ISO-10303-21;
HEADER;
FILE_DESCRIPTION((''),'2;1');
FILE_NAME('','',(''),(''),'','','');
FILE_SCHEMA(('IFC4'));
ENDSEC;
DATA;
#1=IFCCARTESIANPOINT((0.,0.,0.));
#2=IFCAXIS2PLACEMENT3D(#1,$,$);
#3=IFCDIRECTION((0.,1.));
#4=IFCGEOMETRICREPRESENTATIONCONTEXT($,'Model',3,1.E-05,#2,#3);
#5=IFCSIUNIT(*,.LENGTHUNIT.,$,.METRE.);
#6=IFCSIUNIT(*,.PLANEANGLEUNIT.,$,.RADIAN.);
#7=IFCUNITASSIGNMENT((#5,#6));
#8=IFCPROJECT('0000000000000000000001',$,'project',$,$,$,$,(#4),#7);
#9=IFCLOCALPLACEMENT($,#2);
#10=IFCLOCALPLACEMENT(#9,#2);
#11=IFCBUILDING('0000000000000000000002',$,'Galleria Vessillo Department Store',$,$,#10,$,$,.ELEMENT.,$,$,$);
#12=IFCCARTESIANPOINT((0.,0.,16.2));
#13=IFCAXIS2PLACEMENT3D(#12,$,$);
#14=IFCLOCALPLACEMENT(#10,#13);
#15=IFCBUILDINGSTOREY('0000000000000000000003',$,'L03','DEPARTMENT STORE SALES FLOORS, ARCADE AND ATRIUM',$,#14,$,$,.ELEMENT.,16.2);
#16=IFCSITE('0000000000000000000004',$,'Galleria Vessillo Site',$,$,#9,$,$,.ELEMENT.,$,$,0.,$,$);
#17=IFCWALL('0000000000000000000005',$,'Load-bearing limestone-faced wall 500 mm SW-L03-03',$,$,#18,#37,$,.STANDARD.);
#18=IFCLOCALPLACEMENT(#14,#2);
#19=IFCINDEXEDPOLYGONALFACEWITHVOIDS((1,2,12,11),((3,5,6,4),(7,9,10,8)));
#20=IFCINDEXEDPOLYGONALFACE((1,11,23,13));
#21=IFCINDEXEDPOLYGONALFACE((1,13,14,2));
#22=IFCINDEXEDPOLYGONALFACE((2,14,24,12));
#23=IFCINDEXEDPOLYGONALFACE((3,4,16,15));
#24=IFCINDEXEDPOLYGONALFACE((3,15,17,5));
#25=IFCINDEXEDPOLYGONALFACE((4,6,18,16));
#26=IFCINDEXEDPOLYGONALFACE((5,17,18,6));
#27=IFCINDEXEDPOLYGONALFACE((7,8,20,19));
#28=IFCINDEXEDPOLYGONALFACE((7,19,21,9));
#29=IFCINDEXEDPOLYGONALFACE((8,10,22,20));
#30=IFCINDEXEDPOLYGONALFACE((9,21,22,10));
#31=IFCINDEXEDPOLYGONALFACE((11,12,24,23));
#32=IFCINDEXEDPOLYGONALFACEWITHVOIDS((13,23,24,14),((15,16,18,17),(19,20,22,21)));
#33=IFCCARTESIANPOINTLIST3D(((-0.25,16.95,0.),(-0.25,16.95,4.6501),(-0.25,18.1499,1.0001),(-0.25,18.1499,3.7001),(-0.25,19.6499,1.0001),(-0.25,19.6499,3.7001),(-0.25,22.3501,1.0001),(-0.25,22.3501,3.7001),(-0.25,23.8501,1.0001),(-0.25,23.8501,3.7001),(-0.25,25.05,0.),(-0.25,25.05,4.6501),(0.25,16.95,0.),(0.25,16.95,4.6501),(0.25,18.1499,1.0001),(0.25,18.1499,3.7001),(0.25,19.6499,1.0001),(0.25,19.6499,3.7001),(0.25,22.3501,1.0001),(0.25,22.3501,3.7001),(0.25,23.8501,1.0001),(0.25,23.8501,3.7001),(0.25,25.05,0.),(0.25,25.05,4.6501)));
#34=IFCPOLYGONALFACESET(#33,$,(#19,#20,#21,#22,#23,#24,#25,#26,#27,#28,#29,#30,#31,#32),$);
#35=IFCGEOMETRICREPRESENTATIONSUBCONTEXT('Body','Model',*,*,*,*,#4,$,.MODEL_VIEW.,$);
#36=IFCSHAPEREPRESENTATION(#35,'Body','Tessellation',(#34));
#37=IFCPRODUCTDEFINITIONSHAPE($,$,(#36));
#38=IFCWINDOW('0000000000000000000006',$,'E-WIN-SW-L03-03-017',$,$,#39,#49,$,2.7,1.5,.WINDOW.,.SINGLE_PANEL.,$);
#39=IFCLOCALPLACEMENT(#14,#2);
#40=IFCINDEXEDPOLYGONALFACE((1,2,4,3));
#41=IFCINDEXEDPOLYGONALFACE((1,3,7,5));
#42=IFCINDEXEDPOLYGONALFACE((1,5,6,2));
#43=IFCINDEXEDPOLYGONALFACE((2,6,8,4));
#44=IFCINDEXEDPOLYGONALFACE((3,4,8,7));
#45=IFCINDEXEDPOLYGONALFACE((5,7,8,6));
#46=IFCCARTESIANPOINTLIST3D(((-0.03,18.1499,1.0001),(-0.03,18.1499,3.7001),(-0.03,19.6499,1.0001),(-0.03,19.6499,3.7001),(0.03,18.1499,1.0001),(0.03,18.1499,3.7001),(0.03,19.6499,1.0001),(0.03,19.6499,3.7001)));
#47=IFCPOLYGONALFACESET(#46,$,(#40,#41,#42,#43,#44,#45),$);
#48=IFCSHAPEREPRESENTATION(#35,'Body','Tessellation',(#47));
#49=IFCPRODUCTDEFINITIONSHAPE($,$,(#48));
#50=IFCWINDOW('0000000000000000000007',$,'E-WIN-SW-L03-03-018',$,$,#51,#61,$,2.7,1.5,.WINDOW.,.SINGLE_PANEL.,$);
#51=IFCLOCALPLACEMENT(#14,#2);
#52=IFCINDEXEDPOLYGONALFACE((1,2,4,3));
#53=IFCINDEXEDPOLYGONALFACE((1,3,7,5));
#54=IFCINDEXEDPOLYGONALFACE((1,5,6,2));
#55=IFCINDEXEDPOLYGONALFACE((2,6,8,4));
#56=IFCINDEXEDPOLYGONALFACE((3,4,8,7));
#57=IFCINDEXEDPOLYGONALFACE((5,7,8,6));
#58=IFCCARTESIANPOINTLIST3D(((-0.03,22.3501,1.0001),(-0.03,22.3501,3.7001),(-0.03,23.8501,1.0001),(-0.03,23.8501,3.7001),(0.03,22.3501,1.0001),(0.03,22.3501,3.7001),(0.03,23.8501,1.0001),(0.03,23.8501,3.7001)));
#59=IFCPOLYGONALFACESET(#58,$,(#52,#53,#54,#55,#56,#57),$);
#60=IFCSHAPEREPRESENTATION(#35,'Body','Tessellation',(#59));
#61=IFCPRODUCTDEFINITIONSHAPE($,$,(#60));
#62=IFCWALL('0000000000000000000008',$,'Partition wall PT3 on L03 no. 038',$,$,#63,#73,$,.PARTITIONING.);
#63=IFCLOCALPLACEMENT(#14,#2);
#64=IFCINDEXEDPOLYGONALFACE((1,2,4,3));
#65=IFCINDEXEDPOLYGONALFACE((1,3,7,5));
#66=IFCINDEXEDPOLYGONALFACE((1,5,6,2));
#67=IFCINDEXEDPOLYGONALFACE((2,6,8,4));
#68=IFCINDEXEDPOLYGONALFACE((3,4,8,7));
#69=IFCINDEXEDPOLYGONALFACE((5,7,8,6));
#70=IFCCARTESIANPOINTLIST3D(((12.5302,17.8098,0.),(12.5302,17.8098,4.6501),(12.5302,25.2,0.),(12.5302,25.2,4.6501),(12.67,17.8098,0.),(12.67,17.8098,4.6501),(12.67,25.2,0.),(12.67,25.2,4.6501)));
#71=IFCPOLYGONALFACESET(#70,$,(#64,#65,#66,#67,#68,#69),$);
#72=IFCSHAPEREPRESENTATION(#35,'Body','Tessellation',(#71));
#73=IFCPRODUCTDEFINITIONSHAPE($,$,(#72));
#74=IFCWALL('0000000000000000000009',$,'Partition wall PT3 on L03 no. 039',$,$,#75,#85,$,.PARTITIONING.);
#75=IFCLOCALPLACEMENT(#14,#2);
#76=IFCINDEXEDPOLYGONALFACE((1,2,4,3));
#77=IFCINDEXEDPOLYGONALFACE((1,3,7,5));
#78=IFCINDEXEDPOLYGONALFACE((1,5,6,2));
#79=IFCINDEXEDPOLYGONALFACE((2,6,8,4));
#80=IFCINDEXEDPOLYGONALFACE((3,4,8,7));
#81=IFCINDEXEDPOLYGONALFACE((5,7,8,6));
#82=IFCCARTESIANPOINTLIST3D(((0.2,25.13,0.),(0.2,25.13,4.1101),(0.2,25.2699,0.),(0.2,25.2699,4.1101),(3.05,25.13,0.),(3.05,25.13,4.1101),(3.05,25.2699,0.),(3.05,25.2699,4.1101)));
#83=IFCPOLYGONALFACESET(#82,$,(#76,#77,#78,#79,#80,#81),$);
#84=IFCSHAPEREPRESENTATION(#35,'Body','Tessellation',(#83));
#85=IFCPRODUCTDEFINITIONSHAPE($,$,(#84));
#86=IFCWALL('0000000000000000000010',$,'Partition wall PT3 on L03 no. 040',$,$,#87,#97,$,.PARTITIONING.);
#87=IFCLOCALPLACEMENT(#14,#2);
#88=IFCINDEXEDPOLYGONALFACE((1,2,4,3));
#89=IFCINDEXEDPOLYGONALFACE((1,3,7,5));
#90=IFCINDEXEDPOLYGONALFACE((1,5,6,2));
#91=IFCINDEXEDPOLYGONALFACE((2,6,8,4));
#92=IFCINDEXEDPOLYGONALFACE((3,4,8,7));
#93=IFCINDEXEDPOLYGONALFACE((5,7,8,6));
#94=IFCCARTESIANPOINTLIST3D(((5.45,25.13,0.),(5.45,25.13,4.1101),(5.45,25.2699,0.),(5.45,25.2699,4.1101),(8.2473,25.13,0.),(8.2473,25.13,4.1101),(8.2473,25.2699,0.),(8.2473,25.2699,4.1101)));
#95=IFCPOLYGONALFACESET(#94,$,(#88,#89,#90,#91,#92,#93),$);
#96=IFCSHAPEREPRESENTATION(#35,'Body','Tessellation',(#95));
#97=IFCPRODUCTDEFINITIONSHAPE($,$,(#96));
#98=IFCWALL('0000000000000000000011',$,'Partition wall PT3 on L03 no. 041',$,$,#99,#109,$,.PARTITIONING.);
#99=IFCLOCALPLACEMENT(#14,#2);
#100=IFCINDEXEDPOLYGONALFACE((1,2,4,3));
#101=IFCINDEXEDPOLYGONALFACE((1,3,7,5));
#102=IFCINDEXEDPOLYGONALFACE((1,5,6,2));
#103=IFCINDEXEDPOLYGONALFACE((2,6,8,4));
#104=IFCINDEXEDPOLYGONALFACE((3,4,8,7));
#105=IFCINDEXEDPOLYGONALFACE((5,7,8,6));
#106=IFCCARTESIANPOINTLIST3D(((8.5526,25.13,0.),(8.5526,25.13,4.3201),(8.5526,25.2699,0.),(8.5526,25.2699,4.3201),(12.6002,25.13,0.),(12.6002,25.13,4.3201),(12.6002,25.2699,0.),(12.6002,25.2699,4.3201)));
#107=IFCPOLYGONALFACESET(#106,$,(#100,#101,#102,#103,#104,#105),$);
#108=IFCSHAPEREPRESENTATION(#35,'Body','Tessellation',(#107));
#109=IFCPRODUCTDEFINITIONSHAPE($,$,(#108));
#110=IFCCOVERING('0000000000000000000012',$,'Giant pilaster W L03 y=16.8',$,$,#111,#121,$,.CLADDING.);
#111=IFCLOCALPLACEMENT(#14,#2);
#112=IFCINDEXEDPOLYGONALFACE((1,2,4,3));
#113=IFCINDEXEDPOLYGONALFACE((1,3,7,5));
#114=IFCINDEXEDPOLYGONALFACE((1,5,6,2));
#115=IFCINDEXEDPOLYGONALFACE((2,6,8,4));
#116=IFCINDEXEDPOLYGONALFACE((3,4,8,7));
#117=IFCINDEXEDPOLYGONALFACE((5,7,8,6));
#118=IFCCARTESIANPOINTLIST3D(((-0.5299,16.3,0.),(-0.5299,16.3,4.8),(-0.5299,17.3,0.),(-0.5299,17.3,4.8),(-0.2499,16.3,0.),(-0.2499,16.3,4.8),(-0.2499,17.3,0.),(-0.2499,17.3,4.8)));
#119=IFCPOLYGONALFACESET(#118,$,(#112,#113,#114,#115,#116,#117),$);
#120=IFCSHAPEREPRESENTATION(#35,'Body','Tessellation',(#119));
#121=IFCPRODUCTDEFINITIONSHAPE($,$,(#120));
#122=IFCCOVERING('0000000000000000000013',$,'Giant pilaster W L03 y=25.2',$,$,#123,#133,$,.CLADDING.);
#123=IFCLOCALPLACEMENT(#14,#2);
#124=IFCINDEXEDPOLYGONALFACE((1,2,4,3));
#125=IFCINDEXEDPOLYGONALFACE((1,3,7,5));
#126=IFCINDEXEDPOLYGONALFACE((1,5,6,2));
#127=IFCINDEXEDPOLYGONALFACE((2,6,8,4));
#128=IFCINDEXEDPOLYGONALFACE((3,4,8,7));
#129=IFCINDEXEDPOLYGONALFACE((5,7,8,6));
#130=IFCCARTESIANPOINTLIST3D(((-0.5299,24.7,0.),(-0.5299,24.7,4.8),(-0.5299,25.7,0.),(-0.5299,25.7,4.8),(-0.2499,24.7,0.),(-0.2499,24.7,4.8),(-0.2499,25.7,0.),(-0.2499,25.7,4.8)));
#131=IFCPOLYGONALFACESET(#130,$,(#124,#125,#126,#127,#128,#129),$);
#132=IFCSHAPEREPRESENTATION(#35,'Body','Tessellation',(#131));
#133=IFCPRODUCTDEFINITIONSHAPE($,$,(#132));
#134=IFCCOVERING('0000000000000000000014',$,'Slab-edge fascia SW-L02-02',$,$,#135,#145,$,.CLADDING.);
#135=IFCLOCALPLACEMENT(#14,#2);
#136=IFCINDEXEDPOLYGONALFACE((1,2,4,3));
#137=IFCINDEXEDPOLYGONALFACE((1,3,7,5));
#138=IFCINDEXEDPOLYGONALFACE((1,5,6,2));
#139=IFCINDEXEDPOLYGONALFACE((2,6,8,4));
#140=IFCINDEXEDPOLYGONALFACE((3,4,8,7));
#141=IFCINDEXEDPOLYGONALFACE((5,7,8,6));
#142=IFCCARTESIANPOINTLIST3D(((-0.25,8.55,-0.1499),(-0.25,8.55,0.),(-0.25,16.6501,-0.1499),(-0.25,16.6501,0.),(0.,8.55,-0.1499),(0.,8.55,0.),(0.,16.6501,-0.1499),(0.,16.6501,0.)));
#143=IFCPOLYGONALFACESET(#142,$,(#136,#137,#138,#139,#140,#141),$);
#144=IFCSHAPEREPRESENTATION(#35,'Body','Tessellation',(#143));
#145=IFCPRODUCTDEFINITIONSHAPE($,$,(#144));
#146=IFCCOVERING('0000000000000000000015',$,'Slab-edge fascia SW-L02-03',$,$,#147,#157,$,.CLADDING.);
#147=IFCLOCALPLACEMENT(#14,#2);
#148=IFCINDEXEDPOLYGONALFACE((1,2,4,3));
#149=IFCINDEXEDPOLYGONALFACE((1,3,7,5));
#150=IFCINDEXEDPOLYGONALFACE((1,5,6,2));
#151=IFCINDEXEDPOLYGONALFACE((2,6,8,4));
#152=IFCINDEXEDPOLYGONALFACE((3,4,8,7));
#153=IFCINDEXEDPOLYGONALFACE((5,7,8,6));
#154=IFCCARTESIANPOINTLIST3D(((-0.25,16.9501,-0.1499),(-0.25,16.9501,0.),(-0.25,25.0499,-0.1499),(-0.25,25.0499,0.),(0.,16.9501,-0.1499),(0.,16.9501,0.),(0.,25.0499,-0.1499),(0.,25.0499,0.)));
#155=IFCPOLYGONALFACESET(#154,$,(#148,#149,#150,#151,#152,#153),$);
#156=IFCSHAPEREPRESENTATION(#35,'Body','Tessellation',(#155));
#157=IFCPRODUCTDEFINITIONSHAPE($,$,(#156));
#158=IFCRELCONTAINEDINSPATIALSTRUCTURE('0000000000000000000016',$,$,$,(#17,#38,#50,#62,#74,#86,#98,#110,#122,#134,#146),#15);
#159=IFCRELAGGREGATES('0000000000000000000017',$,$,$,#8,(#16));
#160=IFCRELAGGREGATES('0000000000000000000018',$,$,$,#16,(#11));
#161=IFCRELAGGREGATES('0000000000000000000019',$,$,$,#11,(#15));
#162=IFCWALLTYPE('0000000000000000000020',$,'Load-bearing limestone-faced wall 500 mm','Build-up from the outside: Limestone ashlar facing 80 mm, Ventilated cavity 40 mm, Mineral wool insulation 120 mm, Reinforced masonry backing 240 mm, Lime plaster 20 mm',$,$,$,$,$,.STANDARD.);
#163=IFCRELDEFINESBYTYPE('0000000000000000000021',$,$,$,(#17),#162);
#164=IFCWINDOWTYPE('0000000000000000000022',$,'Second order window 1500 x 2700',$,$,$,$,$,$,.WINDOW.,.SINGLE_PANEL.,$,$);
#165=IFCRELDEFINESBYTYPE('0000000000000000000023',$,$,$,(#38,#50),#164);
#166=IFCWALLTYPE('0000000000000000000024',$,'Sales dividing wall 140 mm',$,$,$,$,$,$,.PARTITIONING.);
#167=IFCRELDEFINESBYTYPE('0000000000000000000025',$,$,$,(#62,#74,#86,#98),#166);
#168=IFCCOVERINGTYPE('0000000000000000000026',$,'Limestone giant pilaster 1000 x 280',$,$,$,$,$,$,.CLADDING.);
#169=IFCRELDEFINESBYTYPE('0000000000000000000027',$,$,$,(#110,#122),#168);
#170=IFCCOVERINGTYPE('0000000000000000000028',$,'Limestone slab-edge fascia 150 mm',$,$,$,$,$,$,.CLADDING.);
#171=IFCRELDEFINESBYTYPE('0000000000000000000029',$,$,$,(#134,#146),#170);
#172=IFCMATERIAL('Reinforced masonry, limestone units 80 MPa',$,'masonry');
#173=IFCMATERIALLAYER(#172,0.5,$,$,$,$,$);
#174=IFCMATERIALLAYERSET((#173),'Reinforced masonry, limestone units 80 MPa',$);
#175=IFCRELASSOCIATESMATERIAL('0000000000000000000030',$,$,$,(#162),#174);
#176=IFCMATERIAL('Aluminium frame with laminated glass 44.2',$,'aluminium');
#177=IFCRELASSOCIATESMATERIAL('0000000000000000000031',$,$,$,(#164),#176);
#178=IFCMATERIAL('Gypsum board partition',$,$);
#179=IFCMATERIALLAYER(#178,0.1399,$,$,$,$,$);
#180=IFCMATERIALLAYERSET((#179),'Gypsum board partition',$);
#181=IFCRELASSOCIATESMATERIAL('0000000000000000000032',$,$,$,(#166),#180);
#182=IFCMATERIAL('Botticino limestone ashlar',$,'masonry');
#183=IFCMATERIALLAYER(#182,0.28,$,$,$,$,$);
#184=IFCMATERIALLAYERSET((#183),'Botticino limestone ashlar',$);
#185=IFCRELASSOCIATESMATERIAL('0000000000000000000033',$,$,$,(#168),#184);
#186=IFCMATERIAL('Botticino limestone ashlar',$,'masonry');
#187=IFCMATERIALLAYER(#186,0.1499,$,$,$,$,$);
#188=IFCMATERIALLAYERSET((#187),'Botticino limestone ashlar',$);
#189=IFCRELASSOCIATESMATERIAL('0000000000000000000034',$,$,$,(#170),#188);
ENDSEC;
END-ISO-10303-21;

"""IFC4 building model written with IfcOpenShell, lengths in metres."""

from ifc_helpers import new_model, si_unit, direction, frame, frame_2d, origin, origin_2d, place, context, subcontext, project, spatial, rectangle, extrude, material, layer, layer_set, type_object, element, fill, save


model = new_model("IFC4")

# Units and contexts
model_context = context("Model", 3, precision=1e-05, world=origin(), true_north=direction((0.0, 1.0)))
body_context = subcontext(model_context, "Body", "Model", "MODEL_VIEW")
ifc_project = project(units=[si_unit("LENGTHUNIT", "METRE"), si_unit("PLANEANGLEUNIT", "RADIAN")], contexts=[model_context])

# Site, building, storey
site_placement = place(None, origin())
site = spatial("IfcSite", under=ifc_project, at=site_placement, Name="Galleria Vessillo Site", CompositionType="ELEMENT", RefElevation=0.0)
building_placement = place(site_placement, origin())
building = spatial("IfcBuilding", under=site, at=building_placement, Name="Galleria Vessillo Department Store", CompositionType="ELEMENT")
storey_placement = place(building_placement, frame((0.0, 0.0, 16.2)))
storey = spatial("IfcBuildingStorey", under=building, at=storey_placement, Name="L03", Description="DEPARTMENT STORE SALES FLOORS, ARCADE AND ATRIUM", CompositionType="ELEMENT", Elevation=16.2)

# Wall, openings, windows
ifc_material_1 = material(Name="Reinforced masonry, limestone units 80 MPa", Category="masonry")
ifc_layer_1 = layer(ifc_material_1, 0.5)
ifc_layer_set_1 = layer_set([ifc_layer_1], Name="Reinforced masonry, limestone units 80 MPa")
wall_type_1 = type_object("IfcWallType", Name="Load-bearing limestone-faced wall 500 mm", Description="Build-up from the outside: Limestone ashlar facing 80 mm, Ventilated cavity 40 mm, Mineral wool insulation 120 mm, Reinforced masonry backing 240 mm, Lime plaster 20 mm", PredefinedType="STANDARD", material=ifc_layer_set_1)
wall_1_placement = place(storey_placement, frame((0.0, 16.95, 0.0), z_axis=(0.0, 0.0, 1.0), x_axis=(0.0, 1.0, 0.0)))
wall_1 = element("IfcWall", 1, at=wall_1_placement, inside=storey, type_object=wall_type_1, Name="Load-bearing limestone-faced wall 500 mm SW-L03-03", PredefinedType="STANDARD", context=body_context, shape_type="SweptSolid", body=[
    extrude(rectangle(XDim=8.1001, YDim=0.5, at=frame_2d((4.05, 0.0))), origin(), (0.0, 0.0, 1.0), 4.6501),
])
opening_1_placement = place(wall_1_placement, frame((1.2, 0.0, 1.0)))
opening_1 = element("IfcOpeningElement", 2, at=opening_1_placement, cuts=wall_1, PredefinedType="OPENING", context=body_context, shape_type="SweptSolid", body=[
    extrude(rectangle(XDim=1.5, YDim=2.7, at=frame_2d((0.75, 1.3501))), frame((0.0, 0.26, 0.0), z_axis=(0.0, -1.0, 0.0), x_axis=(1.0, 0.0, 0.0)), (0.0, 0.0, 1.0), 0.52),
])
opening_2_placement = place(wall_1_placement, frame((5.4001, 0.0, 1.0)))
opening_2 = element("IfcOpeningElement", 3, at=opening_2_placement, cuts=wall_1, PredefinedType="OPENING", context=body_context, shape_type="SweptSolid", body=[
    extrude(rectangle(XDim=1.5, YDim=2.7, at=frame_2d((0.75, 1.3501))), frame((0.0, 0.26, 0.0), z_axis=(0.0, -1.0, 0.0), x_axis=(1.0, 0.0, 0.0)), (0.0, 0.0, 1.0), 0.52),
])
ifc_material_2 = material(Name="Aluminium frame with laminated glass 44.2", Category="aluminium")
window_type = type_object("IfcWindowType", Name="Second order window 1500 x 2700", PartitioningType="SINGLE_PANEL", PredefinedType="WINDOW", material=ifc_material_2)
window_1_placement = place(opening_1_placement, origin())
window_1 = element("IfcWindow", 4, at=window_1_placement, inside=storey, type_object=window_type, Name="E-WIN-SW-L03-03-017", OverallHeight=2.7, OverallWidth=1.5, PartitioningType="SINGLE_PANEL", PredefinedType="WINDOW", context=body_context, shape_type="SweptSolid", body=[
    extrude(rectangle(XDim=1.5, YDim=2.7, at=frame_2d((0.75, 1.3501))), frame((0.0, 0.03, 0.0), z_axis=(0.0, -1.0, 0.0), x_axis=(1.0, 0.0, 0.0)), (0.0, 0.0, 1.0), 0.0601),
])
fill(opening_1, window_1)
window_2_placement = place(opening_2_placement, origin())
window_2 = element("IfcWindow", 5, at=window_2_placement, inside=storey, type_object=window_type, Name="E-WIN-SW-L03-03-018", OverallHeight=2.7, OverallWidth=1.5, PartitioningType="SINGLE_PANEL", PredefinedType="WINDOW", context=body_context, shape_type="SweptSolid", body=[
    extrude(rectangle(XDim=1.5, YDim=2.7, at=frame_2d((0.75, 1.3501))), frame((0.0, 0.03, 0.0), z_axis=(0.0, -1.0, 0.0), x_axis=(1.0, 0.0, 0.0)), (0.0, 0.0, 1.0), 0.0601),
])
fill(opening_2, window_2)

# Walls
ifc_material_3 = material(Name="Gypsum board partition")
ifc_layer_2 = layer(ifc_material_3, 0.1399)
ifc_layer_set_2 = layer_set([ifc_layer_2], Name="Gypsum board partition")
wall_type_2 = type_object("IfcWallType", Name="Sales dividing wall 140 mm", PredefinedType="PARTITIONING", material=ifc_layer_set_2)
wall_2_placement = place(storey_placement, frame((12.6001, 17.8098, 0.0), z_axis=(0.0, 0.0, 1.0), x_axis=(0.0, 1.0, 0.0)))
element("IfcWall", 6, at=wall_2_placement, inside=storey, type_object=wall_type_2, Name="Partition wall PT3 on L03 no. 038", PredefinedType="PARTITIONING", context=body_context, shape_type="SweptSolid", body=[
    extrude(rectangle(XDim=7.3901, YDim=0.1399, at=frame_2d((3.6951, 0.0))), origin(), (0.0, 0.0, 1.0), 4.6501),
])
wall_3_placement = place(storey_placement, frame((0.2, 25.2, 0.0), z_axis=(0.0, 0.0, 1.0), x_axis=(1.0, 0.0, 0.0)))
element("IfcWall", 7, at=wall_3_placement, inside=storey, type_object=wall_type_2, Name="Partition wall PT3 on L03 no. 039", PredefinedType="PARTITIONING", context=body_context, shape_type="SweptSolid", body=[
    extrude(rectangle(XDim=2.8501, YDim=0.1399, at=frame_2d((1.425, 0.0))), origin(), (0.0, 0.0, 1.0), 4.1101),
])
wall_4_placement = place(storey_placement, frame((5.45, 25.2, 0.0), z_axis=(0.0, 0.0, 1.0), x_axis=(1.0, 0.0, 0.0)))
element("IfcWall", 8, at=wall_4_placement, inside=storey, type_object=wall_type_2, Name="Partition wall PT3 on L03 no. 040", PredefinedType="PARTITIONING", context=body_context, shape_type="SweptSolid", body=[
    extrude(rectangle(XDim=2.7974, YDim=0.1399, at=frame_2d((1.3987, 0.0))), origin(), (0.0, 0.0, 1.0), 4.1101),
])
wall_5_placement = place(storey_placement, frame((8.5525, 25.2, 0.0), z_axis=(0.0, 0.0, 1.0), x_axis=(1.0, 0.0, 0.0)))
element("IfcWall", 9, at=wall_5_placement, inside=storey, type_object=wall_type_2, Name="Partition wall PT3 on L03 no. 041", PredefinedType="PARTITIONING", context=body_context, shape_type="SweptSolid", body=[
    extrude(rectangle(XDim=4.0476, YDim=0.1399, at=frame_2d((2.0239, 0.0))), origin(), (0.0, 0.0, 1.0), 4.3201),
])

# Coverings
ifc_material_4 = material(Name="Botticino limestone ashlar", Category="masonry")
ifc_layer_3 = layer(ifc_material_4, 0.28)
ifc_layer_set_3 = layer_set([ifc_layer_3], Name="Botticino limestone ashlar")
covering_type_1 = type_object("IfcCoveringType", Name="Limestone giant pilaster 1000 x 280", PredefinedType="CLADDING", material=ifc_layer_set_3)
for number, where, z_axis, x_axis, name in (
    (10, (-0.3899, 16.8, 0.0), (0.0, 0.0, 1.0), (1.0, 0.0, 0.0), "Giant pilaster W L03 y=16.8"),
    (11, (-0.3899, 25.2, 0.0), (0.0, 0.0, 1.0), (1.0, 0.0, 0.0), "Giant pilaster W L03 y=25.2"),
):
    element("IfcCovering", number, at=place(storey_placement, frame(where, z_axis=z_axis, x_axis=x_axis)), inside=storey, type_object=covering_type_1, Name=name, PredefinedType="CLADDING", context=body_context, shape_type="SweptSolid", body=[
        extrude(rectangle(XDim=0.28, YDim=1.0, at=origin_2d()), origin(), (0.0, 0.0, 1.0), 4.8),
    ])
ifc_material_5 = material(Name="Botticino limestone ashlar", Category="masonry")
ifc_layer_4 = layer(ifc_material_5, 0.1499)
ifc_layer_set_4 = layer_set([ifc_layer_4], Name="Botticino limestone ashlar")
covering_type_2 = type_object("IfcCoveringType", Name="Limestone slab-edge fascia 150 mm", PredefinedType="CLADDING", material=ifc_layer_set_4)
covering_1_placement = place(storey_placement, frame((-0.125, 12.6001, -0.1499), z_axis=(0.0, 0.0, 1.0), x_axis=(1.0, 0.0, 0.0)))
element("IfcCovering", 12, at=covering_1_placement, inside=storey, type_object=covering_type_2, Name="Slab-edge fascia SW-L02-02", PredefinedType="CLADDING", context=body_context, shape_type="SweptSolid", body=[
    extrude(rectangle(XDim=0.25, YDim=8.1001, at=origin_2d()), origin(), (0.0, 0.0, 1.0), 0.1499),
])
covering_2_placement = place(storey_placement, frame((-0.125, 21.0, -0.1499), z_axis=(0.0, 0.0, 1.0), x_axis=(1.0, 0.0, 0.0)))
element("IfcCovering", 13, at=covering_2_placement, inside=storey, type_object=covering_type_2, Name="Slab-edge fascia SW-L02-03", PredefinedType="CLADDING", context=body_context, shape_type="SweptSolid", body=[
    extrude(rectangle(XDim=0.25, YDim=8.0999, at=origin_2d()), origin(), (0.0, 0.0, 1.0), 0.1499),
])

save(model, "model.ifc")
